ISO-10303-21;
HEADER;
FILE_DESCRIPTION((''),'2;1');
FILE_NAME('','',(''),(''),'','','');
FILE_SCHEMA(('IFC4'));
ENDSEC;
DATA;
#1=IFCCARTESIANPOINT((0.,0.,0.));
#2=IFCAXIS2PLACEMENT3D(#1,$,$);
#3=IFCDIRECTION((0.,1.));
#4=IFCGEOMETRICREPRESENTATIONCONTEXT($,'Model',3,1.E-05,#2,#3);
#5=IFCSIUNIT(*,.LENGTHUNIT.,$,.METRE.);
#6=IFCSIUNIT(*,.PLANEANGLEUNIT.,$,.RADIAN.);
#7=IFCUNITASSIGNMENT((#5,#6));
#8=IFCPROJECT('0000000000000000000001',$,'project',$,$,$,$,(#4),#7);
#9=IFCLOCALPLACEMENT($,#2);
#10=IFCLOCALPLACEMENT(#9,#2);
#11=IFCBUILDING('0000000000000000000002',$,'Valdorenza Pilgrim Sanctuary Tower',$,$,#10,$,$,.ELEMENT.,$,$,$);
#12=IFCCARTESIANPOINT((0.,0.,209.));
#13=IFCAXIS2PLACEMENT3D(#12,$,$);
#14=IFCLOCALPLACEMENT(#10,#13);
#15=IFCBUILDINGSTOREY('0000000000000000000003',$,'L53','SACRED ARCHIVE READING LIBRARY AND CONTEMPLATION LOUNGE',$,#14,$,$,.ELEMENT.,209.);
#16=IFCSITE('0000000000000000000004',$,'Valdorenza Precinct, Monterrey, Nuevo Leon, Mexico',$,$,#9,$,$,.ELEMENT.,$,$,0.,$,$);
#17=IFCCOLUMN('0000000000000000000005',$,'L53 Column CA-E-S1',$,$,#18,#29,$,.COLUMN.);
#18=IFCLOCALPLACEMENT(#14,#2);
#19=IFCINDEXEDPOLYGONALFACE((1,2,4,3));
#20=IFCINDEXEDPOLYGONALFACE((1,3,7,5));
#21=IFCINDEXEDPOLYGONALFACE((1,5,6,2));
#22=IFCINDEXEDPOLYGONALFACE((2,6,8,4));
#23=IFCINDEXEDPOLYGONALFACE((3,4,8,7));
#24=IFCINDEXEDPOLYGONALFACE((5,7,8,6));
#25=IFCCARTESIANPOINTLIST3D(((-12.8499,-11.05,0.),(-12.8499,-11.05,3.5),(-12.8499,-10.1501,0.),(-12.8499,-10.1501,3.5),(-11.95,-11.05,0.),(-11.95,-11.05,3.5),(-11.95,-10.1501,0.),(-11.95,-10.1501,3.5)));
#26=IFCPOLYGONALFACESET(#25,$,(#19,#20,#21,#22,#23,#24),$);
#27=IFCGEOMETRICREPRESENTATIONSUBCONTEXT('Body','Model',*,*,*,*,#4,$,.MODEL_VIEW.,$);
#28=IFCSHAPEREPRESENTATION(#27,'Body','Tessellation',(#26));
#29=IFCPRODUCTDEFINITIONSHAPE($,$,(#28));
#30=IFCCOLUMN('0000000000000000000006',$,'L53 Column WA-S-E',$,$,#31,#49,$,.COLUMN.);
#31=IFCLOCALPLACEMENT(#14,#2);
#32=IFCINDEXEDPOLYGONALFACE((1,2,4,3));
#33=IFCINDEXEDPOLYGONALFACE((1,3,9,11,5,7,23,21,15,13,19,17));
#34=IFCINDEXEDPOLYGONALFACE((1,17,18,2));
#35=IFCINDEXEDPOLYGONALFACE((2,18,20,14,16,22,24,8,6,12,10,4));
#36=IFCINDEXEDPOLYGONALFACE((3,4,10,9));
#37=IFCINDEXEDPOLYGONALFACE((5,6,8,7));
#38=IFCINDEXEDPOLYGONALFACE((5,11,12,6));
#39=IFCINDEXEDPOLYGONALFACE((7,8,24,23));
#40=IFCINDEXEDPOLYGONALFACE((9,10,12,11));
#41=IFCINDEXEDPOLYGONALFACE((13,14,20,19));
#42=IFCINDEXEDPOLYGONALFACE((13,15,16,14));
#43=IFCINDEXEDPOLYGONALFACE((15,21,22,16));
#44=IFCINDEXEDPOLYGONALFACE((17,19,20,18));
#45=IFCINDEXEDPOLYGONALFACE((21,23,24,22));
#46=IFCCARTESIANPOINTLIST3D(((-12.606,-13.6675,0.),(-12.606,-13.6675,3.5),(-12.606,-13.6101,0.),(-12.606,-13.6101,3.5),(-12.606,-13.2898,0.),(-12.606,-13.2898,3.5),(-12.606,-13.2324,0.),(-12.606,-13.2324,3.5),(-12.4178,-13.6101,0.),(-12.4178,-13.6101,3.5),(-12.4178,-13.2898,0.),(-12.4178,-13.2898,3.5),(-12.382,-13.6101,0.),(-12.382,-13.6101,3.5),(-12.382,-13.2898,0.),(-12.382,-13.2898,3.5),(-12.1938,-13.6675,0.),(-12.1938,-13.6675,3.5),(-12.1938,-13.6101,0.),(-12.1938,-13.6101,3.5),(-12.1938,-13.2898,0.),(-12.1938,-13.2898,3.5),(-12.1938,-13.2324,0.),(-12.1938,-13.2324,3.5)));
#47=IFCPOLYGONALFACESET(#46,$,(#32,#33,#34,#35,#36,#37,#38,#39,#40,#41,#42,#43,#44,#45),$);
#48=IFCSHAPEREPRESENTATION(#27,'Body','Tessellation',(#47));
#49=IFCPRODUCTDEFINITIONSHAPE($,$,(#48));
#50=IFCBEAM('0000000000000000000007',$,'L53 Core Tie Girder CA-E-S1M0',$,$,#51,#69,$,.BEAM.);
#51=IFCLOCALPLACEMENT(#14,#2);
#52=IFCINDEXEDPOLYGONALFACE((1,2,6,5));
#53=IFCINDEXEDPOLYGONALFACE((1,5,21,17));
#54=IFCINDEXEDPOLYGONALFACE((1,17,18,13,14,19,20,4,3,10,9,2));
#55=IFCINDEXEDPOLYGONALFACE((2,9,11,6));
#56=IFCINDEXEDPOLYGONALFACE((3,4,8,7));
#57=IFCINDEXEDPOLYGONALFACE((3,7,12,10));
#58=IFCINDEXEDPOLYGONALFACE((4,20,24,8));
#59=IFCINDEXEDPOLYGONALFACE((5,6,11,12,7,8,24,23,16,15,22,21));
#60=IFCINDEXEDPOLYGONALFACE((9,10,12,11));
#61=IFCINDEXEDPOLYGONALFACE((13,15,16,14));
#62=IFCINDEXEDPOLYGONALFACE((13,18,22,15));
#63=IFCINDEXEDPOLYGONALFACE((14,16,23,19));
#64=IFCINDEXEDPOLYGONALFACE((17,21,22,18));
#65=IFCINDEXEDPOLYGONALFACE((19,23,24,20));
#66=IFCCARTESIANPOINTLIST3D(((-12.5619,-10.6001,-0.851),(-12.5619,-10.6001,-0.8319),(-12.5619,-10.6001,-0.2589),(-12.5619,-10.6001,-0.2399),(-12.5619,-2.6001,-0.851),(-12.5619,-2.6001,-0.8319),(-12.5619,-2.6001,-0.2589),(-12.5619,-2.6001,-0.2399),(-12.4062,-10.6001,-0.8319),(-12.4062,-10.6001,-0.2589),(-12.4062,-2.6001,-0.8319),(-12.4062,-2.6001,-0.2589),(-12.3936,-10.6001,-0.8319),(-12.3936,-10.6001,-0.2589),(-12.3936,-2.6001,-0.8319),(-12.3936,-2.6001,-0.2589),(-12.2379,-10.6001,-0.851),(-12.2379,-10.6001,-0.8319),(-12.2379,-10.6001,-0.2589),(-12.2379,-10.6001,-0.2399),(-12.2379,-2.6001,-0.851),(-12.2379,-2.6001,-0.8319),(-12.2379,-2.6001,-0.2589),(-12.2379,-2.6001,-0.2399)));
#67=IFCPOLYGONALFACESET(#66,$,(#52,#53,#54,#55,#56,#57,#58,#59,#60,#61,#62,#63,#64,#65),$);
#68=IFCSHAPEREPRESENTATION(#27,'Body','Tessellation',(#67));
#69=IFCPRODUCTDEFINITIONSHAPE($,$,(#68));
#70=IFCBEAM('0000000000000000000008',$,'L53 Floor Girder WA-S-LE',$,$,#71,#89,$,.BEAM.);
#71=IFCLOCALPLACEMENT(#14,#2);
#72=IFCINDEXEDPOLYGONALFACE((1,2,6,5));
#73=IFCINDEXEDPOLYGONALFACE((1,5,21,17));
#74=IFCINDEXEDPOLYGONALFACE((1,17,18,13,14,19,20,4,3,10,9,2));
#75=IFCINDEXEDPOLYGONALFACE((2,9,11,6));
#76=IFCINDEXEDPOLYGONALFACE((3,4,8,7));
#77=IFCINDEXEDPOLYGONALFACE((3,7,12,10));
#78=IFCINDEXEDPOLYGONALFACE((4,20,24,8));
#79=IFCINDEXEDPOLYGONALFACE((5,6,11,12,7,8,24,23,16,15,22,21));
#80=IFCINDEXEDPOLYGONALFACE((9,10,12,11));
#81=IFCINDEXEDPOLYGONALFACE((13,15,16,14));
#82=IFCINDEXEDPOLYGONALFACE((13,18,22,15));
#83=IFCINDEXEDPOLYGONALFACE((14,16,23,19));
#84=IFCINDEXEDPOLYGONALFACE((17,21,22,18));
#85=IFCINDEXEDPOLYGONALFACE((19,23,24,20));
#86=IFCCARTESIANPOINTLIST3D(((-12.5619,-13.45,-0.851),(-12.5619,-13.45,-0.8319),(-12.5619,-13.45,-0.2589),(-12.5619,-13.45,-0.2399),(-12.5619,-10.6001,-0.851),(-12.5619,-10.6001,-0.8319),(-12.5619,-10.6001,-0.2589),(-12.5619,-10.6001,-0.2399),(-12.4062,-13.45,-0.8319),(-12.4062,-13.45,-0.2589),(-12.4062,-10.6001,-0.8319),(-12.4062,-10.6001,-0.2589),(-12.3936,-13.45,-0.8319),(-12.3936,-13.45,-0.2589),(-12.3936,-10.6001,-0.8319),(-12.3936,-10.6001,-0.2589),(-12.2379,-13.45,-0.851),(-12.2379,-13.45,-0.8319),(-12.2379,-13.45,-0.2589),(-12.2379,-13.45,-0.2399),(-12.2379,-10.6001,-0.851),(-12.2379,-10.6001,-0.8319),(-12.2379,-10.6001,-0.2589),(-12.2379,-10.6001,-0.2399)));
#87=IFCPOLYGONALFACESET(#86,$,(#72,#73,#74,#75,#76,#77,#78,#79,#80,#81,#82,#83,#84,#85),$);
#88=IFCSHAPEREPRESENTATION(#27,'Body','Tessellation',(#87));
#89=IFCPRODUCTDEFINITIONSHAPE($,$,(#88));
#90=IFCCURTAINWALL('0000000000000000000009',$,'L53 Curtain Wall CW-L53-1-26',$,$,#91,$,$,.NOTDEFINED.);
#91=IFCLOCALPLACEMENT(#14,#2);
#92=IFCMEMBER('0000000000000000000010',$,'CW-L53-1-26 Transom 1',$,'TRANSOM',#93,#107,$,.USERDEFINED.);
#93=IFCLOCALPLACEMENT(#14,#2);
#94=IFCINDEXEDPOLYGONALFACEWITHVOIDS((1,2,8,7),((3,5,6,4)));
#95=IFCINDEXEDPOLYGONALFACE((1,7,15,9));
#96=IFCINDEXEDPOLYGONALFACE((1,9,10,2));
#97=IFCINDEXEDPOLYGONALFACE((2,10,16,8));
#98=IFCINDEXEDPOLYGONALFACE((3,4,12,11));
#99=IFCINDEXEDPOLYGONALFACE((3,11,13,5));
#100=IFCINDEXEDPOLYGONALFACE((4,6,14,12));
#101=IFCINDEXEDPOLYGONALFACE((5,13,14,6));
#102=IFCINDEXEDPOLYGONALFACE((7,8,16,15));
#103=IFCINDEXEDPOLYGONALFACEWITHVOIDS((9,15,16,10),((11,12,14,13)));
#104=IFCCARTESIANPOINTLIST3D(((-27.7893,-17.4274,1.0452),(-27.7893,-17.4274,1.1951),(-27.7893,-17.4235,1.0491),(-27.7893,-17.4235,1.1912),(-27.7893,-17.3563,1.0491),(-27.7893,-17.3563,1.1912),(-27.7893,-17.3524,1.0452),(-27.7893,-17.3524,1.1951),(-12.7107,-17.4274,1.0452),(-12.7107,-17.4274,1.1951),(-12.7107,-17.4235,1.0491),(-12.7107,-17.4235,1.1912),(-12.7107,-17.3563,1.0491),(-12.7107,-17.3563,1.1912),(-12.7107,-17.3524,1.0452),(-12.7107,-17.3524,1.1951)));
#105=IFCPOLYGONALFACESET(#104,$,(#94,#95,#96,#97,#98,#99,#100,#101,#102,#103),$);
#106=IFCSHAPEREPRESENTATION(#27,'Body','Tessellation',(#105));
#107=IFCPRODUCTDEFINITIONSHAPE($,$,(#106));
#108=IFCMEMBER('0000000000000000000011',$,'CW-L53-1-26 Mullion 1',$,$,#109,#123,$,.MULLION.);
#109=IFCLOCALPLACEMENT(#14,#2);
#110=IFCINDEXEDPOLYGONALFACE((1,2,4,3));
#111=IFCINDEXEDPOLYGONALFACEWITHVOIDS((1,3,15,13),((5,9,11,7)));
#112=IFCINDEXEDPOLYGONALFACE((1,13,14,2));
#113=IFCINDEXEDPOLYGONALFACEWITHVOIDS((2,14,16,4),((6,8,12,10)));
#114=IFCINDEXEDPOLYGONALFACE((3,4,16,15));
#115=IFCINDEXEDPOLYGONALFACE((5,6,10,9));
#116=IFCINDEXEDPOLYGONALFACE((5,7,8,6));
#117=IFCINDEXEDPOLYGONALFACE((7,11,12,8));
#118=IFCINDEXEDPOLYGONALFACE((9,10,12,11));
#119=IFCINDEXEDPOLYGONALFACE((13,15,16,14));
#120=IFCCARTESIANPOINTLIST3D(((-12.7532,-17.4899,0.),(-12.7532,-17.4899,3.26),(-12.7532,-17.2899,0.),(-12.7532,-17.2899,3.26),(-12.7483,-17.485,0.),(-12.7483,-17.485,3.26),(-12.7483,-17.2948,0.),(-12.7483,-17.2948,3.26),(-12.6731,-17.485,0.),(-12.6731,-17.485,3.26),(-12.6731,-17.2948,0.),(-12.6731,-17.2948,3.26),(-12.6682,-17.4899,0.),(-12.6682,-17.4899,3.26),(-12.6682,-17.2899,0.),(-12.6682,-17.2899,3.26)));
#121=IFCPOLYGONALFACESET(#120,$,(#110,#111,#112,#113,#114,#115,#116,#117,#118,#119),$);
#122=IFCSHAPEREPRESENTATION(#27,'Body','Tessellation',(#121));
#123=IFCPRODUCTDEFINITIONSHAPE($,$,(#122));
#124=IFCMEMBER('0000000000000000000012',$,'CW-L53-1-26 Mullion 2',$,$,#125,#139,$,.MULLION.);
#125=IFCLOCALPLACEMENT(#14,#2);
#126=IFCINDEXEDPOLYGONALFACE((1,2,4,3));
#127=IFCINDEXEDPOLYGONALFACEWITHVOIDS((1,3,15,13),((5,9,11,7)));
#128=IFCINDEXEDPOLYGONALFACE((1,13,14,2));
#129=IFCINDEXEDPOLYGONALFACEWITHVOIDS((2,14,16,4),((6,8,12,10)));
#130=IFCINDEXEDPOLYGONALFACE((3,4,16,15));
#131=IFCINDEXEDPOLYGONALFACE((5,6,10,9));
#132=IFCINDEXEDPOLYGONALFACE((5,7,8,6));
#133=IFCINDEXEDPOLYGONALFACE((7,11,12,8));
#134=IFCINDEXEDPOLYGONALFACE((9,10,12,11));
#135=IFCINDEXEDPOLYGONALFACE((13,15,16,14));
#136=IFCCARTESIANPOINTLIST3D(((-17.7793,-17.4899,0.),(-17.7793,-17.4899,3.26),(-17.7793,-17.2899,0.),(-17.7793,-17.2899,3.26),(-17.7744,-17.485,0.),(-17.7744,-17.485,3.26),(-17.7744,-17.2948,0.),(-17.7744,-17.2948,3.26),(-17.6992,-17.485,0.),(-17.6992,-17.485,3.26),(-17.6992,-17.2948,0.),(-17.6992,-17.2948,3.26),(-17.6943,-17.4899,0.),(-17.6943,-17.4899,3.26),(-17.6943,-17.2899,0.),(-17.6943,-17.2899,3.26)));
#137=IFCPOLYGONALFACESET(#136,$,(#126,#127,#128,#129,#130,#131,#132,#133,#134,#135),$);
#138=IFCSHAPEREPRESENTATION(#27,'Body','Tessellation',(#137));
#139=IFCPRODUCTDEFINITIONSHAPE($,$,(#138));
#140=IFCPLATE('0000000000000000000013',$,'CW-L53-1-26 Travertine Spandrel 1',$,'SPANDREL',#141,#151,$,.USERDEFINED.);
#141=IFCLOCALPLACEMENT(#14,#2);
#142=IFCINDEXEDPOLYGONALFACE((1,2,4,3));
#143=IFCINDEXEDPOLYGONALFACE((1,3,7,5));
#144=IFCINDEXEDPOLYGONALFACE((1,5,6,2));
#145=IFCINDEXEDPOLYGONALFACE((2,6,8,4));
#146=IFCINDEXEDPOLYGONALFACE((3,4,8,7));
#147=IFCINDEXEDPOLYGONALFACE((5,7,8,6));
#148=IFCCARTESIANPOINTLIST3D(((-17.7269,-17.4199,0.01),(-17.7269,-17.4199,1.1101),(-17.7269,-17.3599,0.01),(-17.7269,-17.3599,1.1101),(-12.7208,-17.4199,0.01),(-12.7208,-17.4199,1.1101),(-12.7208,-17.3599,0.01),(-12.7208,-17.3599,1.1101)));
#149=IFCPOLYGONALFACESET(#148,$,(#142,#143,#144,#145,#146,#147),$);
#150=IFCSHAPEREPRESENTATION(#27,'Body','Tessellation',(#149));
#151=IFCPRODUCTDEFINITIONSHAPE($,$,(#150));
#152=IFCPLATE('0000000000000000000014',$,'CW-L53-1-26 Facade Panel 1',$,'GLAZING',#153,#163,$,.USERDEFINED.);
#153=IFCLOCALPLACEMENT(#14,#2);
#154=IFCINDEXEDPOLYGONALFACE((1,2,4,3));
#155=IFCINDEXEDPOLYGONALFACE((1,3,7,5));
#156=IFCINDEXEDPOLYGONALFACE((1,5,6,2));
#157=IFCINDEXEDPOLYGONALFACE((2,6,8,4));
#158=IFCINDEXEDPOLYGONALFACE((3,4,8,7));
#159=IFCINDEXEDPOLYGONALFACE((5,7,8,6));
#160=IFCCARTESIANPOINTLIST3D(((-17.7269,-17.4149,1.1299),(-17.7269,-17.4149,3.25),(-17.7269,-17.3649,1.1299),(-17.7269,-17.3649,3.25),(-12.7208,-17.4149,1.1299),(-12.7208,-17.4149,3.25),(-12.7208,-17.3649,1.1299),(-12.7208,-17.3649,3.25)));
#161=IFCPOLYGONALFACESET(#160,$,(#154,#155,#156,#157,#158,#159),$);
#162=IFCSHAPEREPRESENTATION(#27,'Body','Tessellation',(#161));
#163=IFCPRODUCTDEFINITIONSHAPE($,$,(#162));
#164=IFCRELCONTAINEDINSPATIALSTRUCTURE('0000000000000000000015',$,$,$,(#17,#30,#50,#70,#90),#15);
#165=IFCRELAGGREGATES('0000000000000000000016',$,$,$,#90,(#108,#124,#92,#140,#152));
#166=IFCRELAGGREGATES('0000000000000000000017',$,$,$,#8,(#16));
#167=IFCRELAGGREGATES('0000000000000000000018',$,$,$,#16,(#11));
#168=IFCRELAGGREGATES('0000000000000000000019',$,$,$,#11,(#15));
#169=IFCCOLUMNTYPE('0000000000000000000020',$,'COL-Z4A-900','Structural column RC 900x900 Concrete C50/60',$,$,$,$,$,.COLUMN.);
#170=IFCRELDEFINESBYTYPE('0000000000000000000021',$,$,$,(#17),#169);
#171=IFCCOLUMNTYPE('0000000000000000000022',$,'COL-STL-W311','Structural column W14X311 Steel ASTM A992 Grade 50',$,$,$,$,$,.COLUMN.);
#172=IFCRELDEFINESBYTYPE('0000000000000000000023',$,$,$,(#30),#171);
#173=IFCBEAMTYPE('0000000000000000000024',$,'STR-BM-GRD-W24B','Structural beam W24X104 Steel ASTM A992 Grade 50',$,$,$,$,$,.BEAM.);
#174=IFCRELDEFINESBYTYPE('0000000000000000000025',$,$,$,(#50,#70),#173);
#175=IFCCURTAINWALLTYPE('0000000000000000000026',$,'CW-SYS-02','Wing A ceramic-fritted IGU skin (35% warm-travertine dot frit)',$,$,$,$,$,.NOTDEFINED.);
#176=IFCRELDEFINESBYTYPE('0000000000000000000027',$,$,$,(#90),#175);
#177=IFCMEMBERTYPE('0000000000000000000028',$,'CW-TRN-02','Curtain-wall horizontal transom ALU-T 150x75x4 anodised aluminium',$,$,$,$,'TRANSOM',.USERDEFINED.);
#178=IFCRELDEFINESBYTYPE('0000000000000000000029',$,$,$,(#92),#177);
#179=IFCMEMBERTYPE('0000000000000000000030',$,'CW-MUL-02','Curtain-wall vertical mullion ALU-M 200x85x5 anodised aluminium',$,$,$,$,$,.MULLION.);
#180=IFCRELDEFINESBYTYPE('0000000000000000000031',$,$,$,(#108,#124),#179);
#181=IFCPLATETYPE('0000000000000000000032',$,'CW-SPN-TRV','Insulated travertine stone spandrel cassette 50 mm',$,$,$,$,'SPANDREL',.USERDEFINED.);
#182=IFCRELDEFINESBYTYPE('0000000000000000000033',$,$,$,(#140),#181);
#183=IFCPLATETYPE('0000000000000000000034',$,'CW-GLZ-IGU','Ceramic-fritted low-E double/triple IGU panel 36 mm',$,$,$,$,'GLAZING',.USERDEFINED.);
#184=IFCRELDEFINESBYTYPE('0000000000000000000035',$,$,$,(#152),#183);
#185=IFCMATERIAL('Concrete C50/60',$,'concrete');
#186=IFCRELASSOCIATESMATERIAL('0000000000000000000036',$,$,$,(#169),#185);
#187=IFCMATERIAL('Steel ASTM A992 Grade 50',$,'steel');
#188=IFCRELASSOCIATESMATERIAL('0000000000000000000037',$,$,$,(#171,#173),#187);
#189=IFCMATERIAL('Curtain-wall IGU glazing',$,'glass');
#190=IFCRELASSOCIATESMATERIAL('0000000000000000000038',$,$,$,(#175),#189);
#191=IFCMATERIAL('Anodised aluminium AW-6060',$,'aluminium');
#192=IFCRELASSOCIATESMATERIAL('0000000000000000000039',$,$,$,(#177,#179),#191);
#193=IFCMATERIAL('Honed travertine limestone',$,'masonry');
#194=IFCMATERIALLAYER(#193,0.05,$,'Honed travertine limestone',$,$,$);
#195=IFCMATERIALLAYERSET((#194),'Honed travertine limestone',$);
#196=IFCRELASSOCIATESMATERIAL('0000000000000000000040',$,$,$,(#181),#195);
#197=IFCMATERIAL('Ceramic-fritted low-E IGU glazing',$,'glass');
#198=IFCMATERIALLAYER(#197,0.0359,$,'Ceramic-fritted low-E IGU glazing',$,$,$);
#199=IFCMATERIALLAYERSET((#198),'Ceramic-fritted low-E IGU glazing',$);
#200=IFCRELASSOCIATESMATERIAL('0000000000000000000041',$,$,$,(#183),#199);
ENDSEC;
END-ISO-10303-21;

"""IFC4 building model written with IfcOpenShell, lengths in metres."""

from ifc_helpers import new_model, si_unit, direction, frame, origin, origin_2d, place, context, subcontext, project, spatial, rectangle, hollow_rectangle, i_section, extrude, source, transform, mapped, material, layer, layer_set, material_profile, profile_set, type_object, element, aggregate, save


model = new_model("IFC4")

# Units and contexts
model_context = context("Model", 3, precision=1e-05, world=origin(), true_north=direction((0.0, 1.0)))
body_context = subcontext(model_context, "Body", "Model", "MODEL_VIEW")
ifc_project = project(units=[si_unit("LENGTHUNIT", "METRE"), si_unit("PLANEANGLEUNIT", "RADIAN")], contexts=[model_context])

# Site, building, storey
site_placement = place(None, origin())
site = spatial("IfcSite", under=ifc_project, at=site_placement, Name="Valdorenza Precinct, Monterrey, Nuevo Leon, Mexico", CompositionType="ELEMENT", RefElevation=0.0)
building_placement = place(site_placement, origin())
building = spatial("IfcBuilding", under=site, at=building_placement, Name="Valdorenza Pilgrim Sanctuary Tower", CompositionType="ELEMENT")
storey_placement = place(building_placement, frame((0.0, 0.0, 209.0)))
storey = spatial("IfcBuildingStorey", under=building, at=storey_placement, Name="L53", Description="SACRED ARCHIVE READING LIBRARY AND CONTEMPLATION LOUNGE", CompositionType="ELEMENT", Elevation=209.0)

# Columns
ifc_material_1 = material(Name="Concrete C50/60", Category="concrete")
ifc_material_profile_1 = material_profile(ifc_material_1, rectangle(XDim=0.8999, YDim=0.8999, at=origin_2d()), Name="RC 900x900")
ifc_profile_set_1 = profile_set([ifc_material_profile_1], Name="Concrete C50/60")
column_type_1 = type_object("IfcColumnType", Name="COL-Z4A-900", Description="Structural column RC 900x900 Concrete C50/60", PredefinedType="COLUMN", material=ifc_profile_set_1)
shared_shape_1 = source(origin(), body_context, "Body", "SweptSolid", [
    extrude(rectangle(XDim=0.8999, YDim=0.8999, at=origin_2d()), origin(), (0.0, 0.0, 1.0), 3.5),
])
column_1_placement = place(storey_placement, frame((-12.3999, -10.6001, 0.0), z_axis=(0.0, 0.0, 1.0), x_axis=(1.0, 0.0, 0.0)))
element("IfcColumn", 1, at=column_1_placement, inside=storey, type_object=column_type_1, Name="L53 Column CA-E-S1", PredefinedType="COLUMN", context=body_context, shape_type="MappedRepresentation", body=[
    mapped(shared_shape_1, transform((0.0, 0.0, 0.0), x_axis=(1.0, 0.0, 0.0), y_axis=(0.0, 1.0, 0.0), z_axis=(0.0, 0.0, 1.0), scale=1.0)),
])
ifc_material_2 = material(Name="Steel ASTM A992 Grade 50", Category="steel")
ifc_material_profile_2 = material_profile(ifc_material_2, i_section(OverallWidth=0.4121, OverallDepth=0.4351, WebThickness=0.0359, FlangeThickness=0.0574, at=origin_2d()), Name="W14X311")
ifc_profile_set_2 = profile_set([ifc_material_profile_2], Name="Steel ASTM A992 Grade 50")
column_type_2 = type_object("IfcColumnType", Name="COL-STL-W311", Description="Structural column W14X311 Steel ASTM A992 Grade 50", PredefinedType="COLUMN", material=ifc_profile_set_2)
shared_shape_2 = source(origin(), body_context, "Body", "SweptSolid", [
    extrude(i_section(OverallWidth=0.4121, OverallDepth=0.4351, WebThickness=0.0359, FlangeThickness=0.0574, at=origin_2d()), origin(), (0.0, 0.0, 1.0), 3.5),
])
column_2_placement = place(storey_placement, frame((-12.3999, -13.45, 0.0), z_axis=(0.0, 0.0, 1.0), x_axis=(1.0, 0.0, 0.0)))
element("IfcColumn", 2, at=column_2_placement, inside=storey, type_object=column_type_2, Name="L53 Column WA-S-E", PredefinedType="COLUMN", context=body_context, shape_type="MappedRepresentation", body=[
    mapped(shared_shape_2, transform((0.0, 0.0, 0.0), x_axis=(1.0, 0.0, 0.0), y_axis=(0.0, 1.0, 0.0), z_axis=(0.0, 0.0, 1.0), scale=1.0)),
])

# Beams
ifc_material_profile_3 = material_profile(ifc_material_2, i_section(OverallWidth=0.324, OverallDepth=0.6111, WebThickness=0.0127, FlangeThickness=0.019, at=origin_2d()), Name="W24X104")
ifc_profile_set_3 = profile_set([ifc_material_profile_3], Name="Steel ASTM A992 Grade 50")
beam_type = type_object("IfcBeamType", Name="STR-BM-GRD-W24B", Description="Structural beam W24X104 Steel ASTM A992 Grade 50", PredefinedType="BEAM", material=ifc_profile_set_3)
shared_shape_3 = source(origin(), body_context, "Body", "SweptSolid", [
    extrude(i_section(OverallWidth=0.324, OverallDepth=0.6111, WebThickness=0.0127, FlangeThickness=0.019, at=origin_2d()), origin(), (0.0, 0.0, 1.0), 8.0),
])
beam_1_placement = place(storey_placement, frame((-12.3999, -10.6001, -0.5454), z_axis=(0.0, 1.0, 0.0), x_axis=(-1.0, 0.0, 0.0)))
element("IfcBeam", 3, at=beam_1_placement, inside=storey, type_object=beam_type, Name="L53 Core Tie Girder CA-E-S1M0", PredefinedType="BEAM", context=body_context, shape_type="MappedRepresentation", body=[
    mapped(shared_shape_3, transform((0.0, 0.0, 0.0), x_axis=(1.0, 0.0, 0.0), y_axis=(0.0, 1.0, 0.0), z_axis=(0.0, 0.0, 1.0), scale=1.0)),
])
shared_shape_4 = source(origin(), body_context, "Body", "SweptSolid", [
    extrude(i_section(OverallWidth=0.324, OverallDepth=0.6111, WebThickness=0.0127, FlangeThickness=0.019, at=origin_2d()), origin(), (0.0, 0.0, 1.0), 2.8499),
])
beam_2_placement = place(storey_placement, frame((-12.3999, -13.45, -0.5454), z_axis=(0.0, 1.0, 0.0), x_axis=(-1.0, 0.0, 0.0)))
element("IfcBeam", 4, at=beam_2_placement, inside=storey, type_object=beam_type, Name="L53 Floor Girder WA-S-LE", PredefinedType="BEAM", context=body_context, shape_type="MappedRepresentation", body=[
    mapped(shared_shape_4, transform((0.0, 0.0, 0.0), x_axis=(1.0, 0.0, 0.0), y_axis=(0.0, 1.0, 0.0), z_axis=(0.0, 0.0, 1.0), scale=1.0)),
])

# Curtain wall, members, plates
ifc_material_3 = material(Name="Curtain-wall IGU glazing", Category="glass")
curtain_wall_type = type_object("IfcCurtainWallType", Name="CW-SYS-02", Description="Wing A ceramic-fritted IGU skin (35% warm-travertine dot frit)", PredefinedType="NOTDEFINED", material=ifc_material_3)
curtain_wall_placement = place(storey_placement, origin())
curtain_wall = element("IfcCurtainWall", 5, at=curtain_wall_placement, inside=storey, type_object=curtain_wall_type, Name="L53 Curtain Wall CW-L53-1-26", PredefinedType="NOTDEFINED")
ifc_material_4 = material(Name="Anodised aluminium AW-6060", Category="aluminium")
ifc_material_profile_4 = material_profile(ifc_material_4, hollow_rectangle(XDim=0.075, YDim=0.1499, WallThickness=0.0039, at=origin_2d()), Name="ALU-T 150x75x4")
ifc_profile_set_4 = profile_set([ifc_material_profile_4], Name="Anodised aluminium AW-6060")
member_type_1 = type_object("IfcMemberType", Name="CW-TRN-02", Description="Curtain-wall horizontal transom ALU-T 150x75x4 anodised aluminium", ElementType="TRANSOM", PredefinedType="USERDEFINED", material=ifc_profile_set_4)
shared_shape_5 = source(origin(), body_context, "Body", "SweptSolid", [
    extrude(hollow_rectangle(XDim=0.075, YDim=0.1499, WallThickness=0.0039, at=origin_2d()), origin(), (0.0, 0.0, 1.0), 15.0786),
])
member_1_placement = place(storey_placement, frame((-12.7107, -17.3899, 1.1201), z_axis=(-1.0, 0.0, 0.0), x_axis=(0.0, -1.0, 0.0)))
member_1 = element("IfcMember", 6, at=member_1_placement, type_object=member_type_1, Name="CW-L53-1-26 Transom 1", ObjectType="TRANSOM", PredefinedType="USERDEFINED", context=body_context, shape_type="MappedRepresentation", body=[
    mapped(shared_shape_5, transform((0.0, 0.0, 0.0), x_axis=(1.0, 0.0, 0.0), y_axis=(0.0, 1.0, 0.0), z_axis=(0.0, 0.0, 1.0), scale=1.0)),
])
ifc_material_profile_5 = material_profile(ifc_material_4, hollow_rectangle(XDim=0.085, YDim=0.2, WallThickness=0.0049, at=origin_2d()), Name="ALU-M 200x85x5")
ifc_profile_set_5 = profile_set([ifc_material_profile_5], Name="Anodised aluminium AW-6060")
member_type_2 = type_object("IfcMemberType", Name="CW-MUL-02", Description="Curtain-wall vertical mullion ALU-M 200x85x5 anodised aluminium", PredefinedType="MULLION", material=ifc_profile_set_5)
shared_shape_6 = source(origin(), body_context, "Body", "SweptSolid", [
    extrude(hollow_rectangle(XDim=0.085, YDim=0.2, WallThickness=0.0049, at=origin_2d()), origin(), (0.0, 0.0, 1.0), 3.26),
])
member_2_placement = place(storey_placement, frame((-12.7107, -17.3899, 0.0), z_axis=(0.0, 0.0, 1.0), x_axis=(-1.0, 0.0, 0.0)))
member_2 = element("IfcMember", 7, at=member_2_placement, type_object=member_type_2, Name="CW-L53-1-26 Mullion 1", PredefinedType="MULLION", context=body_context, shape_type="MappedRepresentation", body=[
    mapped(shared_shape_6, transform((0.0, 0.0, 0.0), x_axis=(1.0, 0.0, 0.0), y_axis=(0.0, 1.0, 0.0), z_axis=(0.0, 0.0, 1.0), scale=1.0)),
])
member_3_placement = place(storey_placement, frame((-17.7368, -17.3899, 0.0), z_axis=(0.0, 0.0, 1.0), x_axis=(-1.0, 0.0, 0.0)))
member_3 = element("IfcMember", 8, at=member_3_placement, type_object=member_type_2, Name="CW-L53-1-26 Mullion 2", PredefinedType="MULLION", context=body_context, shape_type="MappedRepresentation", body=[
    mapped(shared_shape_6, transform((0.0, 0.0, 0.0), x_axis=(1.0, 0.0, 0.0), y_axis=(0.0, 1.0, 0.0), z_axis=(0.0, 0.0, 1.0), scale=1.0)),
])
ifc_material_5 = material(Name="Honed travertine limestone", Category="masonry")
ifc_layer_1 = layer(ifc_material_5, 0.05, Name="Honed travertine limestone")
ifc_layer_set_1 = layer_set([ifc_layer_1], Name="Honed travertine limestone")
plate_type_1 = type_object("IfcPlateType", Name="CW-SPN-TRV", Description="Insulated travertine stone spandrel cassette 50 mm", ElementType="SPANDREL", PredefinedType="USERDEFINED", material=ifc_layer_set_1)
shared_shape_7 = source(origin(), body_context, "Body", "SweptSolid", [
    extrude(rectangle(XDim=5.0061, YDim=0.0601, at=origin_2d()), origin(), (0.0, 0.0, 1.0), 1.1001),
])
plate_1_placement = place(storey_placement, frame((-15.2239, -17.3899, 0.01), z_axis=(0.0, 0.0, 1.0), x_axis=(-1.0, 0.0, 0.0)))
plate_1 = element("IfcPlate", 9, at=plate_1_placement, type_object=plate_type_1, Name="CW-L53-1-26 Travertine Spandrel 1", ObjectType="SPANDREL", PredefinedType="USERDEFINED", context=body_context, shape_type="MappedRepresentation", body=[
    mapped(shared_shape_7, transform((0.0, 0.0, 0.0), x_axis=(1.0, 0.0, 0.0), y_axis=(0.0, 1.0, 0.0), z_axis=(0.0, 0.0, 1.0), scale=1.0)),
])
ifc_material_6 = material(Name="Ceramic-fritted low-E IGU glazing", Category="glass")
ifc_layer_2 = layer(ifc_material_6, 0.0359, Name="Ceramic-fritted low-E IGU glazing")
ifc_layer_set_2 = layer_set([ifc_layer_2], Name="Ceramic-fritted low-E IGU glazing")
plate_type_2 = type_object("IfcPlateType", Name="CW-GLZ-IGU", Description="Ceramic-fritted low-E double/triple IGU panel 36 mm", ElementType="GLAZING", PredefinedType="USERDEFINED", material=ifc_layer_set_2)
shared_shape_8 = source(origin(), body_context, "Body", "SweptSolid", [
    extrude(rectangle(XDim=5.0061, YDim=0.05, at=origin_2d()), origin(), (0.0, 0.0, 1.0), 2.1201),
])
plate_2_placement = place(storey_placement, frame((-15.2239, -17.3899, 1.1299), z_axis=(0.0, 0.0, 1.0), x_axis=(-1.0, 0.0, 0.0)))
plate_2 = element("IfcPlate", 10, at=plate_2_placement, type_object=plate_type_2, Name="CW-L53-1-26 Facade Panel 1", ObjectType="GLAZING", PredefinedType="USERDEFINED", context=body_context, shape_type="MappedRepresentation", body=[
    mapped(shared_shape_8, transform((0.0, 0.0, 0.0), x_axis=(1.0, 0.0, 0.0), y_axis=(0.0, 1.0, 0.0), z_axis=(0.0, 0.0, 1.0), scale=1.0)),
])
aggregate(curtain_wall, [member_2, member_3, member_1, plate_1, plate_2])

save(model, "model.ifc")
